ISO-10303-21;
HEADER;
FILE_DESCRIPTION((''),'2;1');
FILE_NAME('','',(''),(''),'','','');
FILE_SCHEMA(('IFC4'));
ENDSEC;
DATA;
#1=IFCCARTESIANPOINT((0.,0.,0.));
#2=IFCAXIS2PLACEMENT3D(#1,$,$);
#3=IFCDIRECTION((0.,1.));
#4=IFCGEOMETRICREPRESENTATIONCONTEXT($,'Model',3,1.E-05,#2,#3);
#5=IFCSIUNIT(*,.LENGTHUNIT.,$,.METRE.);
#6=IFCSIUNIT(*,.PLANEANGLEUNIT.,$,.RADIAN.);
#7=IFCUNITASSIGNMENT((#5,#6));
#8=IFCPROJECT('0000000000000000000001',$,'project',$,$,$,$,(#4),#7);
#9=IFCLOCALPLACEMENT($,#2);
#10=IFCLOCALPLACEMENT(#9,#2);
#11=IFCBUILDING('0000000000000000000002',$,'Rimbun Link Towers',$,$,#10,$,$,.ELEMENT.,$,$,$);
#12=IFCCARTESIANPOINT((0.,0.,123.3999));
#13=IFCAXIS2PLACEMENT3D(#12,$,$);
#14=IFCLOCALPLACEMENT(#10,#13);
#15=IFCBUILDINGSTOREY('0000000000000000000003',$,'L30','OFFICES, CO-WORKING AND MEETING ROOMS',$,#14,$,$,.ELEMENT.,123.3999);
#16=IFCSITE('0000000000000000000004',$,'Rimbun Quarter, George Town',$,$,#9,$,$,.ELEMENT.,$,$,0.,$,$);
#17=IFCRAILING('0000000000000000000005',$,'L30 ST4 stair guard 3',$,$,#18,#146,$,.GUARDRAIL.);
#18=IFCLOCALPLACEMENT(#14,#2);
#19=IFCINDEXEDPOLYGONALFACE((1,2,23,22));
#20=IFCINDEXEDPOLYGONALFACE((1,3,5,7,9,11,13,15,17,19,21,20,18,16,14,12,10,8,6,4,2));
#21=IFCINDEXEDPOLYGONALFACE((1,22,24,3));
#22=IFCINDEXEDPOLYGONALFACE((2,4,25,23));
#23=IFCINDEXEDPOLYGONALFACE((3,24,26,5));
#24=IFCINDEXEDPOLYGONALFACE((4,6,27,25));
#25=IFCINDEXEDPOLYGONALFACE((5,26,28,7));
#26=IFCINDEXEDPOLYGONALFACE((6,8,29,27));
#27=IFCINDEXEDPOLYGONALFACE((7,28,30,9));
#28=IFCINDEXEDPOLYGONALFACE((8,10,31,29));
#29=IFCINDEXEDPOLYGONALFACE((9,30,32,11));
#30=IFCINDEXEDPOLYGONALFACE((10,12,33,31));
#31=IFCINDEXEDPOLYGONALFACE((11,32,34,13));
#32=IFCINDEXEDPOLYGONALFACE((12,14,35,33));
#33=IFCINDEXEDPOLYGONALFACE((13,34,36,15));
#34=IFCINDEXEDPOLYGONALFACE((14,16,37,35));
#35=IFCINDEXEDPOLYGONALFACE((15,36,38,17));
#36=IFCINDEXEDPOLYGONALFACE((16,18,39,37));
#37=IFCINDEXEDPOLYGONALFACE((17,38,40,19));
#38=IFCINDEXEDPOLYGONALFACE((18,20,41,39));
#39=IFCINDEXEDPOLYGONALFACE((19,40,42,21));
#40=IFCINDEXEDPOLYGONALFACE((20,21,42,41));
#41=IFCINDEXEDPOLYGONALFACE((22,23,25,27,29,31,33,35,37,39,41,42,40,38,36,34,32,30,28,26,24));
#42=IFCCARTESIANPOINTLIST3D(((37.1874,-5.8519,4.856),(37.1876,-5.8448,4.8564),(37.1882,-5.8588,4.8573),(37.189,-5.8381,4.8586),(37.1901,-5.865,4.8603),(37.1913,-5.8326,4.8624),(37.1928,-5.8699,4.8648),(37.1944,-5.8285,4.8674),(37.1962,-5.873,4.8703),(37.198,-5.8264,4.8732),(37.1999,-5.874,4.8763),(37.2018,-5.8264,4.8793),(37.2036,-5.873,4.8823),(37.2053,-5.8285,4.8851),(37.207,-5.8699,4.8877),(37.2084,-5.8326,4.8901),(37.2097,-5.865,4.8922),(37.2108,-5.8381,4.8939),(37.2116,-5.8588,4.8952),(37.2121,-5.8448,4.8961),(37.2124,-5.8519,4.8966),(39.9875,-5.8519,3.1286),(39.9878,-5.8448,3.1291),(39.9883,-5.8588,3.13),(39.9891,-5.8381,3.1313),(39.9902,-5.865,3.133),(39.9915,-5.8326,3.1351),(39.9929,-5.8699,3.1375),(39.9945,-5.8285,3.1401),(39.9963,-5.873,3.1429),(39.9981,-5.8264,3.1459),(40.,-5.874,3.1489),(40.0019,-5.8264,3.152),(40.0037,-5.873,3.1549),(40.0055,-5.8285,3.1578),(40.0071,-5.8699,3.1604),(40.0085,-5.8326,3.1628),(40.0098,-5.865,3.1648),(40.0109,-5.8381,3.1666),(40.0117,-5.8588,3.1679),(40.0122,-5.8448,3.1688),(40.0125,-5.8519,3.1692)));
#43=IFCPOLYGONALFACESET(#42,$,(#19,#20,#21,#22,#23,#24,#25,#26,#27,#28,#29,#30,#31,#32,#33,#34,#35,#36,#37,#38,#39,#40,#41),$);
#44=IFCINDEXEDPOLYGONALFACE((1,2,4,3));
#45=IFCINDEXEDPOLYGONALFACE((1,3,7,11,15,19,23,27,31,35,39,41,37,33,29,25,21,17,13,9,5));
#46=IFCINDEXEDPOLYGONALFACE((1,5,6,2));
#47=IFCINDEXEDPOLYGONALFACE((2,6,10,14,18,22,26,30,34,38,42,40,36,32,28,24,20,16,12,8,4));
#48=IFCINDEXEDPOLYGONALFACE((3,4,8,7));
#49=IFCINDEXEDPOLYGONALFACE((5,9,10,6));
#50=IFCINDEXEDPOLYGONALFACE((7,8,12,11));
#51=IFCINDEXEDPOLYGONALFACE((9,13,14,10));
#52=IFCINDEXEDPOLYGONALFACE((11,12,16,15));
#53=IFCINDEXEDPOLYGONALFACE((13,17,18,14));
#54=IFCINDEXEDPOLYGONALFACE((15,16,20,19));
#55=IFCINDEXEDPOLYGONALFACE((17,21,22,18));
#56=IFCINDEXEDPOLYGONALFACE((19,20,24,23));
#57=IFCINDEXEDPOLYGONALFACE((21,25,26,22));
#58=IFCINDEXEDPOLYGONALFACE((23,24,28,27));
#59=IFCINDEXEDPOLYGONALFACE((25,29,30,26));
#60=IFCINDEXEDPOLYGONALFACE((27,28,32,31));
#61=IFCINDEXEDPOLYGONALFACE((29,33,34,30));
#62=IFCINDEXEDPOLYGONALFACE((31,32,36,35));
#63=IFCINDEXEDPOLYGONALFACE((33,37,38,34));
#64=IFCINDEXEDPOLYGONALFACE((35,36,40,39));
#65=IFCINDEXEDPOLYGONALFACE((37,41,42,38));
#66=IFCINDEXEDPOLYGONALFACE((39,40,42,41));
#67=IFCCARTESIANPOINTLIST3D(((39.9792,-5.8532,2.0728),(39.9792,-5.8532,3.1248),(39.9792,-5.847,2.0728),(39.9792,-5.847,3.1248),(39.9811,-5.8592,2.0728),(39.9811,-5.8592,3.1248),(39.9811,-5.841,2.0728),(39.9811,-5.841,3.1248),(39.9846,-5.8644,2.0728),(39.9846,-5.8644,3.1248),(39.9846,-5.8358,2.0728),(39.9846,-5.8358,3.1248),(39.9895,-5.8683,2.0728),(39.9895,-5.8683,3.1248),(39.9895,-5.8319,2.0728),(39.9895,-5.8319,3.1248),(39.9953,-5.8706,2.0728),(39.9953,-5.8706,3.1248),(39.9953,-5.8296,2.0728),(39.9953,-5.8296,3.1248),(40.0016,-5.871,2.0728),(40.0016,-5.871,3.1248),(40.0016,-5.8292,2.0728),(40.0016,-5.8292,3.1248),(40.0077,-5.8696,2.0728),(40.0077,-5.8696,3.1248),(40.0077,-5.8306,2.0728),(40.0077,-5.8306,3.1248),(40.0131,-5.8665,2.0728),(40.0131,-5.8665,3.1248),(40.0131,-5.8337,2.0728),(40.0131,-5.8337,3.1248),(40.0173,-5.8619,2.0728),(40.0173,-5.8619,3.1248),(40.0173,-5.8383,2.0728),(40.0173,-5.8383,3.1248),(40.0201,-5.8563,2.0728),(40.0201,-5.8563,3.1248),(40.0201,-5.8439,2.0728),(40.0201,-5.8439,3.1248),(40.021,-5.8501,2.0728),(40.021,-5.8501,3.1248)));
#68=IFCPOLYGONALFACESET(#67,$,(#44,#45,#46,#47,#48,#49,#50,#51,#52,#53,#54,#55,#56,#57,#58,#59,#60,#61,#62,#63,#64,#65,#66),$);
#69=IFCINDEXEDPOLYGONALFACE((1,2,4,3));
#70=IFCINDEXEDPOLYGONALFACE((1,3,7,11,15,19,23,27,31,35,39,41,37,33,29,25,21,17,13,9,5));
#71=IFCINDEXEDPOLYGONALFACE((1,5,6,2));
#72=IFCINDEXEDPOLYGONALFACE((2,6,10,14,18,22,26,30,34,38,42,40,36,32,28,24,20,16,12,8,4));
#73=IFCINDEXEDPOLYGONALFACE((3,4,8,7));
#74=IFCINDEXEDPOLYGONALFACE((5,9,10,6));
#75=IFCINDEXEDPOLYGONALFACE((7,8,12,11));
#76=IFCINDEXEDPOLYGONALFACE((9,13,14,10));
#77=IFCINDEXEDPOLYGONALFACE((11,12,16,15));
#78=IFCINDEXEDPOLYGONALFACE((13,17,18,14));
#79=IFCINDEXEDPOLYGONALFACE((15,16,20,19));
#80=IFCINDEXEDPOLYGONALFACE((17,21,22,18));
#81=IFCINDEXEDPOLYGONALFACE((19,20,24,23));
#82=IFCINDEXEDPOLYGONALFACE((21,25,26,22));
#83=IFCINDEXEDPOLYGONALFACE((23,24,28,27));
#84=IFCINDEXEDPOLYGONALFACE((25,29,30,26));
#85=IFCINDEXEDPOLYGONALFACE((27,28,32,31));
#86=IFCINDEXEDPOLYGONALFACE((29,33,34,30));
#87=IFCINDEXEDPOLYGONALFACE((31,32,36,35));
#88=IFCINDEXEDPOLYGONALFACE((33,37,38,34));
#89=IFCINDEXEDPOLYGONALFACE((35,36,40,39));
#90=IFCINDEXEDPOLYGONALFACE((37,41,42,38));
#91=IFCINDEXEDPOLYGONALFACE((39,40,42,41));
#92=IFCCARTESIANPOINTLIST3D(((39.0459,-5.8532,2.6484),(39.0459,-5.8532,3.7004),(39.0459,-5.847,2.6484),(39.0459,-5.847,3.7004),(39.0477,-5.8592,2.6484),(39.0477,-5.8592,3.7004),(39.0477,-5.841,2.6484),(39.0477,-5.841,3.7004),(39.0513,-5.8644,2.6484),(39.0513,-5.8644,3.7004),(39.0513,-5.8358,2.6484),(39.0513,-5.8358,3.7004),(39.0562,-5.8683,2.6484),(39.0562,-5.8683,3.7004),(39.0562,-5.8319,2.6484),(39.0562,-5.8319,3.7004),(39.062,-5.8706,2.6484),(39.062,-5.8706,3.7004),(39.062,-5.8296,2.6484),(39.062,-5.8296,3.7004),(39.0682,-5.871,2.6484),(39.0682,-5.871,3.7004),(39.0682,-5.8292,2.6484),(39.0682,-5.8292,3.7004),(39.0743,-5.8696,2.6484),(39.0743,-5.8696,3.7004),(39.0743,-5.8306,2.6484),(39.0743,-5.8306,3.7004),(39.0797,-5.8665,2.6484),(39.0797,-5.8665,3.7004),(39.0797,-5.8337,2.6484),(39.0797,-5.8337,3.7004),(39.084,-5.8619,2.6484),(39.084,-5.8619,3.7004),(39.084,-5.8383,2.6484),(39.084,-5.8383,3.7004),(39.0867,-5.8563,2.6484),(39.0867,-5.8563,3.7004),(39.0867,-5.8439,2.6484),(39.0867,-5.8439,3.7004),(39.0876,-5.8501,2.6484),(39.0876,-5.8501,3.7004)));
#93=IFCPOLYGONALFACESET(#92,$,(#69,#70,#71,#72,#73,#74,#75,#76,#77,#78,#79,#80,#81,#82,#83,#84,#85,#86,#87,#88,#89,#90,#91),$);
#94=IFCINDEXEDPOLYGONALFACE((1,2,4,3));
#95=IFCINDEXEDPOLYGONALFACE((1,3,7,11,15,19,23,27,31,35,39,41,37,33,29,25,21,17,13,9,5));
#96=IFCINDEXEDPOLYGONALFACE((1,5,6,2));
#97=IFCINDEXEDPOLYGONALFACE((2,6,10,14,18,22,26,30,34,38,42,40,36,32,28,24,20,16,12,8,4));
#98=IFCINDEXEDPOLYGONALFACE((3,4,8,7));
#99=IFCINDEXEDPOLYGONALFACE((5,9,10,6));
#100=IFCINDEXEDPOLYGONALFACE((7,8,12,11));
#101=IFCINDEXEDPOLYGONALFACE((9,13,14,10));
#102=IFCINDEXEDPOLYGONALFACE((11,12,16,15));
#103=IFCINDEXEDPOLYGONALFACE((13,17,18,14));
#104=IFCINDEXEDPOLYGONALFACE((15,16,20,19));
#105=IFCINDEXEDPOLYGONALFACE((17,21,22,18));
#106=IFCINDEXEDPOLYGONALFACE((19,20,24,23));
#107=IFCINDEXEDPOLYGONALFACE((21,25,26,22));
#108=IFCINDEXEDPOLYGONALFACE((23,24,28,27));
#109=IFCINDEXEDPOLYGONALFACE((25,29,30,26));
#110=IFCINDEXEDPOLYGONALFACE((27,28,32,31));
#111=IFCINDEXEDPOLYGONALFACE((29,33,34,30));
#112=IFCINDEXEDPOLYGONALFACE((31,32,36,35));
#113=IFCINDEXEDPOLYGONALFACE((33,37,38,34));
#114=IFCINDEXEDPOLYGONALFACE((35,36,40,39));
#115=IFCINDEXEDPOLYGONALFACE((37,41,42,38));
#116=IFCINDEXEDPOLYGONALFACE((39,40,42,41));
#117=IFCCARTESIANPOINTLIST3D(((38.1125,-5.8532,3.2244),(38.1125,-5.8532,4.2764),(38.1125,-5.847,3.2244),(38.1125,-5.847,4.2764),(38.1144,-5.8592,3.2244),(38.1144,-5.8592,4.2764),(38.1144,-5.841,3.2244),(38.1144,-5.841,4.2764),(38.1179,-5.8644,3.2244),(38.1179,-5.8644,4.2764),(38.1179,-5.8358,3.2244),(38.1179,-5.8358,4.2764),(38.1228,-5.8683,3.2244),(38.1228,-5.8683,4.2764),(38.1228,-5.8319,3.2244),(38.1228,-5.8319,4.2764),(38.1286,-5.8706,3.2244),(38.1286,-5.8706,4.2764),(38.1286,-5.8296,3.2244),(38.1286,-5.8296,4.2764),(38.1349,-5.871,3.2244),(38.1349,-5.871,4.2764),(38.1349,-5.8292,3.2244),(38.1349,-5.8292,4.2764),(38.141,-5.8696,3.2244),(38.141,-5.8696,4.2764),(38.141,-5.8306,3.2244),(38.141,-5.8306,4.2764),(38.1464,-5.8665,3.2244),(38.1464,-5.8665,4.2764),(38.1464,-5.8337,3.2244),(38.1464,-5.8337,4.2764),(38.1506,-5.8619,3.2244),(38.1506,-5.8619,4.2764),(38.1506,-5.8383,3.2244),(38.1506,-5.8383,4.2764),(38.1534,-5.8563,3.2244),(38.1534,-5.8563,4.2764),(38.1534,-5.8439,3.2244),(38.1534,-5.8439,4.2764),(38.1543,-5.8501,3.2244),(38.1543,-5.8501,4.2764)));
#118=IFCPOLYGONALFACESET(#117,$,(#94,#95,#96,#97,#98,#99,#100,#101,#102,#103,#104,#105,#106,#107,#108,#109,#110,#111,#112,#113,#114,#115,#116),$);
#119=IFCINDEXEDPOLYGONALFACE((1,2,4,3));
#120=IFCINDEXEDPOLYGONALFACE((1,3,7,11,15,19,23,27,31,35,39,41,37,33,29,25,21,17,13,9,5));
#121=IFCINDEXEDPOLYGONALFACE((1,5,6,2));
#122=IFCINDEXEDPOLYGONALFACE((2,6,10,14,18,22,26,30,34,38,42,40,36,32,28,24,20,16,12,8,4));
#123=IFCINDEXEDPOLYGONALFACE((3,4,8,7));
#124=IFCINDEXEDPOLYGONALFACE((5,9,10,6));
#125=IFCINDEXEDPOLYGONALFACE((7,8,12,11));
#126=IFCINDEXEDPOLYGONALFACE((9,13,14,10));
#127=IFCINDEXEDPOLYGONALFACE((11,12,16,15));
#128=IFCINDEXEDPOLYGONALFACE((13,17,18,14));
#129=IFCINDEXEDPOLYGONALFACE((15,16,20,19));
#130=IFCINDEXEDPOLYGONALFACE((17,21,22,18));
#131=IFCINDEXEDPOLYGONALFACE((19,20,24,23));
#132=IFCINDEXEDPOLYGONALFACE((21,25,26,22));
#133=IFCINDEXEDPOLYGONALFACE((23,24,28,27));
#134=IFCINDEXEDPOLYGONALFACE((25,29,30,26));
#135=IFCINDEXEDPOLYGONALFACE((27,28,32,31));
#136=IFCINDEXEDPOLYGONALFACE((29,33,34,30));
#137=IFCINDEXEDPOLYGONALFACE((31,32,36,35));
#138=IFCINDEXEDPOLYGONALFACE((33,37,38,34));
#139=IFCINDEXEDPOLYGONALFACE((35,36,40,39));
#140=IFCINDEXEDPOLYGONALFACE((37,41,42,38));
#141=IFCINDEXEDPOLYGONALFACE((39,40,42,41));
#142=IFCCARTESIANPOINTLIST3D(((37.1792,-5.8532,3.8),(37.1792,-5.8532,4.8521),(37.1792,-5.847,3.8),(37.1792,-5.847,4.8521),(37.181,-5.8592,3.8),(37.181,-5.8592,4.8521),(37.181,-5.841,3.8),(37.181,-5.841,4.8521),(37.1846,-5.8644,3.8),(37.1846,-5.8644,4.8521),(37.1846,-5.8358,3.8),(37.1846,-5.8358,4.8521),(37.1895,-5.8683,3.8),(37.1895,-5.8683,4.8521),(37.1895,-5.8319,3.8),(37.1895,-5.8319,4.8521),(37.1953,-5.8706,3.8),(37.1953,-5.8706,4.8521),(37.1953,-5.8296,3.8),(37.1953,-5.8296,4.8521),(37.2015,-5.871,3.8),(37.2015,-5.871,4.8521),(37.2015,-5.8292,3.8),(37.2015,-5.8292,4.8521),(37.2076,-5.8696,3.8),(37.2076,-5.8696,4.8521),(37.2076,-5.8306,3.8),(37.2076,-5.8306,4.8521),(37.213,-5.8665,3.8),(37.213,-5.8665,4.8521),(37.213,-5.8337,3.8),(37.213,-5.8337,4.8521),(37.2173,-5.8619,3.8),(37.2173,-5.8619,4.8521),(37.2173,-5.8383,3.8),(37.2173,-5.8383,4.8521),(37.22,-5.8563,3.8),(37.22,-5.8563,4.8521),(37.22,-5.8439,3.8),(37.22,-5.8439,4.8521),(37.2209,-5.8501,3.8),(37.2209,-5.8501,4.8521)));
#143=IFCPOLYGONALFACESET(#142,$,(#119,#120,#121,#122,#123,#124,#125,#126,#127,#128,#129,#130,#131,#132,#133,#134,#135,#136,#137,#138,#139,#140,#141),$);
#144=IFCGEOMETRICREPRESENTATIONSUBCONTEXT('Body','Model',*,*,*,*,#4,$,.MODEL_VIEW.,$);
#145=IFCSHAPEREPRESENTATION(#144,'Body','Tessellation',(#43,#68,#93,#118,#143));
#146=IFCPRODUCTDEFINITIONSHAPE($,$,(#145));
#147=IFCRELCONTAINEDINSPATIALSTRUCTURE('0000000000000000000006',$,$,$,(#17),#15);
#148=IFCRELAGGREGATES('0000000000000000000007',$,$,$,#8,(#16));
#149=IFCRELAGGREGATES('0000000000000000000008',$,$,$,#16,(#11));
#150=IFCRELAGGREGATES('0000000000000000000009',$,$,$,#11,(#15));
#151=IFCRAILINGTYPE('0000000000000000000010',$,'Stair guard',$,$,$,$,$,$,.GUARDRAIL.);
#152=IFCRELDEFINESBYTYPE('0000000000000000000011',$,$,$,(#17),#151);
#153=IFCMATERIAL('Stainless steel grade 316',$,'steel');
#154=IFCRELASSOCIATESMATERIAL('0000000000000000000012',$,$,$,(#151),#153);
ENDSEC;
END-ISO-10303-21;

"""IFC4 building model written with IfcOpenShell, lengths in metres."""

from ifc_helpers import new_model, si_unit, direction, frame, origin, origin_2d, place, context, subcontext, project, spatial, circle, extrude, material, type_object, element, save


model = new_model("IFC4")

# Units and contexts
model_context = context("Model", 3, precision=1e-05, world=origin(), true_north=direction((0.0, 1.0)))
body_context = subcontext(model_context, "Body", "Model", "MODEL_VIEW")
ifc_project = project(units=[si_unit("LENGTHUNIT", "METRE"), si_unit("PLANEANGLEUNIT", "RADIAN")], contexts=[model_context])

# Site, building, storey
site_placement = place(None, origin())
site = spatial("IfcSite", under=ifc_project, at=site_placement, Name="Rimbun Quarter, George Town", CompositionType="ELEMENT", RefElevation=0.0)
building_placement = place(site_placement, origin())
building = spatial("IfcBuilding", under=site, at=building_placement, Name="Rimbun Link Towers", CompositionType="ELEMENT")
storey_placement = place(building_placement, frame((0.0, 0.0, 123.3999)))
storey = spatial("IfcBuildingStorey", under=building, at=storey_placement, Name="L30", Description="OFFICES, CO-WORKING AND MEETING ROOMS", CompositionType="ELEMENT", Elevation=123.3999)

# Railing
ifc_material_1 = material(Name="Stainless steel grade 316", Category="steel")
railing_type_1 = type_object("IfcRailingType", Name="Stair guard", PredefinedType="GUARDRAIL", material=ifc_material_1)
railing_1_placement = place(storey_placement, frame((40.0, -5.8501, 2.0728)))
element("IfcRailing", 1, at=railing_1_placement, inside=storey, type_object=railing_type_1, Name="L30 ST4 stair guard 3", PredefinedType="GUARDRAIL", context=body_context, shape_type="SweptSolid", body=[
    extrude(circle(Radius=0.0239, at=origin_2d()), frame((0.0, 0.0, 1.0762), z_axis=(-0.85109, 0.0, 0.52502), x_axis=(0.0, -1.0, 0.0)), (0.0, 0.0, 1.0), 3.29),
    extrude(circle(Radius=0.021, at=origin_2d()), origin(), (0.0, 0.0, 1.0), 1.052),
    extrude(circle(Radius=0.021, at=origin_2d()), frame((-0.9333, 0.0, 0.5757)), (0.0, 0.0, 1.0), 1.052),
    extrude(circle(Radius=0.021, at=origin_2d()), frame((-1.8667, 0.0, 1.1516)), (0.0, 0.0, 1.0), 1.052),
    extrude(circle(Radius=0.021, at=origin_2d()), frame((-2.8, 0.0, 1.7273)), (0.0, 0.0, 1.0), 1.052),
])

save(model, "model.ifc")
